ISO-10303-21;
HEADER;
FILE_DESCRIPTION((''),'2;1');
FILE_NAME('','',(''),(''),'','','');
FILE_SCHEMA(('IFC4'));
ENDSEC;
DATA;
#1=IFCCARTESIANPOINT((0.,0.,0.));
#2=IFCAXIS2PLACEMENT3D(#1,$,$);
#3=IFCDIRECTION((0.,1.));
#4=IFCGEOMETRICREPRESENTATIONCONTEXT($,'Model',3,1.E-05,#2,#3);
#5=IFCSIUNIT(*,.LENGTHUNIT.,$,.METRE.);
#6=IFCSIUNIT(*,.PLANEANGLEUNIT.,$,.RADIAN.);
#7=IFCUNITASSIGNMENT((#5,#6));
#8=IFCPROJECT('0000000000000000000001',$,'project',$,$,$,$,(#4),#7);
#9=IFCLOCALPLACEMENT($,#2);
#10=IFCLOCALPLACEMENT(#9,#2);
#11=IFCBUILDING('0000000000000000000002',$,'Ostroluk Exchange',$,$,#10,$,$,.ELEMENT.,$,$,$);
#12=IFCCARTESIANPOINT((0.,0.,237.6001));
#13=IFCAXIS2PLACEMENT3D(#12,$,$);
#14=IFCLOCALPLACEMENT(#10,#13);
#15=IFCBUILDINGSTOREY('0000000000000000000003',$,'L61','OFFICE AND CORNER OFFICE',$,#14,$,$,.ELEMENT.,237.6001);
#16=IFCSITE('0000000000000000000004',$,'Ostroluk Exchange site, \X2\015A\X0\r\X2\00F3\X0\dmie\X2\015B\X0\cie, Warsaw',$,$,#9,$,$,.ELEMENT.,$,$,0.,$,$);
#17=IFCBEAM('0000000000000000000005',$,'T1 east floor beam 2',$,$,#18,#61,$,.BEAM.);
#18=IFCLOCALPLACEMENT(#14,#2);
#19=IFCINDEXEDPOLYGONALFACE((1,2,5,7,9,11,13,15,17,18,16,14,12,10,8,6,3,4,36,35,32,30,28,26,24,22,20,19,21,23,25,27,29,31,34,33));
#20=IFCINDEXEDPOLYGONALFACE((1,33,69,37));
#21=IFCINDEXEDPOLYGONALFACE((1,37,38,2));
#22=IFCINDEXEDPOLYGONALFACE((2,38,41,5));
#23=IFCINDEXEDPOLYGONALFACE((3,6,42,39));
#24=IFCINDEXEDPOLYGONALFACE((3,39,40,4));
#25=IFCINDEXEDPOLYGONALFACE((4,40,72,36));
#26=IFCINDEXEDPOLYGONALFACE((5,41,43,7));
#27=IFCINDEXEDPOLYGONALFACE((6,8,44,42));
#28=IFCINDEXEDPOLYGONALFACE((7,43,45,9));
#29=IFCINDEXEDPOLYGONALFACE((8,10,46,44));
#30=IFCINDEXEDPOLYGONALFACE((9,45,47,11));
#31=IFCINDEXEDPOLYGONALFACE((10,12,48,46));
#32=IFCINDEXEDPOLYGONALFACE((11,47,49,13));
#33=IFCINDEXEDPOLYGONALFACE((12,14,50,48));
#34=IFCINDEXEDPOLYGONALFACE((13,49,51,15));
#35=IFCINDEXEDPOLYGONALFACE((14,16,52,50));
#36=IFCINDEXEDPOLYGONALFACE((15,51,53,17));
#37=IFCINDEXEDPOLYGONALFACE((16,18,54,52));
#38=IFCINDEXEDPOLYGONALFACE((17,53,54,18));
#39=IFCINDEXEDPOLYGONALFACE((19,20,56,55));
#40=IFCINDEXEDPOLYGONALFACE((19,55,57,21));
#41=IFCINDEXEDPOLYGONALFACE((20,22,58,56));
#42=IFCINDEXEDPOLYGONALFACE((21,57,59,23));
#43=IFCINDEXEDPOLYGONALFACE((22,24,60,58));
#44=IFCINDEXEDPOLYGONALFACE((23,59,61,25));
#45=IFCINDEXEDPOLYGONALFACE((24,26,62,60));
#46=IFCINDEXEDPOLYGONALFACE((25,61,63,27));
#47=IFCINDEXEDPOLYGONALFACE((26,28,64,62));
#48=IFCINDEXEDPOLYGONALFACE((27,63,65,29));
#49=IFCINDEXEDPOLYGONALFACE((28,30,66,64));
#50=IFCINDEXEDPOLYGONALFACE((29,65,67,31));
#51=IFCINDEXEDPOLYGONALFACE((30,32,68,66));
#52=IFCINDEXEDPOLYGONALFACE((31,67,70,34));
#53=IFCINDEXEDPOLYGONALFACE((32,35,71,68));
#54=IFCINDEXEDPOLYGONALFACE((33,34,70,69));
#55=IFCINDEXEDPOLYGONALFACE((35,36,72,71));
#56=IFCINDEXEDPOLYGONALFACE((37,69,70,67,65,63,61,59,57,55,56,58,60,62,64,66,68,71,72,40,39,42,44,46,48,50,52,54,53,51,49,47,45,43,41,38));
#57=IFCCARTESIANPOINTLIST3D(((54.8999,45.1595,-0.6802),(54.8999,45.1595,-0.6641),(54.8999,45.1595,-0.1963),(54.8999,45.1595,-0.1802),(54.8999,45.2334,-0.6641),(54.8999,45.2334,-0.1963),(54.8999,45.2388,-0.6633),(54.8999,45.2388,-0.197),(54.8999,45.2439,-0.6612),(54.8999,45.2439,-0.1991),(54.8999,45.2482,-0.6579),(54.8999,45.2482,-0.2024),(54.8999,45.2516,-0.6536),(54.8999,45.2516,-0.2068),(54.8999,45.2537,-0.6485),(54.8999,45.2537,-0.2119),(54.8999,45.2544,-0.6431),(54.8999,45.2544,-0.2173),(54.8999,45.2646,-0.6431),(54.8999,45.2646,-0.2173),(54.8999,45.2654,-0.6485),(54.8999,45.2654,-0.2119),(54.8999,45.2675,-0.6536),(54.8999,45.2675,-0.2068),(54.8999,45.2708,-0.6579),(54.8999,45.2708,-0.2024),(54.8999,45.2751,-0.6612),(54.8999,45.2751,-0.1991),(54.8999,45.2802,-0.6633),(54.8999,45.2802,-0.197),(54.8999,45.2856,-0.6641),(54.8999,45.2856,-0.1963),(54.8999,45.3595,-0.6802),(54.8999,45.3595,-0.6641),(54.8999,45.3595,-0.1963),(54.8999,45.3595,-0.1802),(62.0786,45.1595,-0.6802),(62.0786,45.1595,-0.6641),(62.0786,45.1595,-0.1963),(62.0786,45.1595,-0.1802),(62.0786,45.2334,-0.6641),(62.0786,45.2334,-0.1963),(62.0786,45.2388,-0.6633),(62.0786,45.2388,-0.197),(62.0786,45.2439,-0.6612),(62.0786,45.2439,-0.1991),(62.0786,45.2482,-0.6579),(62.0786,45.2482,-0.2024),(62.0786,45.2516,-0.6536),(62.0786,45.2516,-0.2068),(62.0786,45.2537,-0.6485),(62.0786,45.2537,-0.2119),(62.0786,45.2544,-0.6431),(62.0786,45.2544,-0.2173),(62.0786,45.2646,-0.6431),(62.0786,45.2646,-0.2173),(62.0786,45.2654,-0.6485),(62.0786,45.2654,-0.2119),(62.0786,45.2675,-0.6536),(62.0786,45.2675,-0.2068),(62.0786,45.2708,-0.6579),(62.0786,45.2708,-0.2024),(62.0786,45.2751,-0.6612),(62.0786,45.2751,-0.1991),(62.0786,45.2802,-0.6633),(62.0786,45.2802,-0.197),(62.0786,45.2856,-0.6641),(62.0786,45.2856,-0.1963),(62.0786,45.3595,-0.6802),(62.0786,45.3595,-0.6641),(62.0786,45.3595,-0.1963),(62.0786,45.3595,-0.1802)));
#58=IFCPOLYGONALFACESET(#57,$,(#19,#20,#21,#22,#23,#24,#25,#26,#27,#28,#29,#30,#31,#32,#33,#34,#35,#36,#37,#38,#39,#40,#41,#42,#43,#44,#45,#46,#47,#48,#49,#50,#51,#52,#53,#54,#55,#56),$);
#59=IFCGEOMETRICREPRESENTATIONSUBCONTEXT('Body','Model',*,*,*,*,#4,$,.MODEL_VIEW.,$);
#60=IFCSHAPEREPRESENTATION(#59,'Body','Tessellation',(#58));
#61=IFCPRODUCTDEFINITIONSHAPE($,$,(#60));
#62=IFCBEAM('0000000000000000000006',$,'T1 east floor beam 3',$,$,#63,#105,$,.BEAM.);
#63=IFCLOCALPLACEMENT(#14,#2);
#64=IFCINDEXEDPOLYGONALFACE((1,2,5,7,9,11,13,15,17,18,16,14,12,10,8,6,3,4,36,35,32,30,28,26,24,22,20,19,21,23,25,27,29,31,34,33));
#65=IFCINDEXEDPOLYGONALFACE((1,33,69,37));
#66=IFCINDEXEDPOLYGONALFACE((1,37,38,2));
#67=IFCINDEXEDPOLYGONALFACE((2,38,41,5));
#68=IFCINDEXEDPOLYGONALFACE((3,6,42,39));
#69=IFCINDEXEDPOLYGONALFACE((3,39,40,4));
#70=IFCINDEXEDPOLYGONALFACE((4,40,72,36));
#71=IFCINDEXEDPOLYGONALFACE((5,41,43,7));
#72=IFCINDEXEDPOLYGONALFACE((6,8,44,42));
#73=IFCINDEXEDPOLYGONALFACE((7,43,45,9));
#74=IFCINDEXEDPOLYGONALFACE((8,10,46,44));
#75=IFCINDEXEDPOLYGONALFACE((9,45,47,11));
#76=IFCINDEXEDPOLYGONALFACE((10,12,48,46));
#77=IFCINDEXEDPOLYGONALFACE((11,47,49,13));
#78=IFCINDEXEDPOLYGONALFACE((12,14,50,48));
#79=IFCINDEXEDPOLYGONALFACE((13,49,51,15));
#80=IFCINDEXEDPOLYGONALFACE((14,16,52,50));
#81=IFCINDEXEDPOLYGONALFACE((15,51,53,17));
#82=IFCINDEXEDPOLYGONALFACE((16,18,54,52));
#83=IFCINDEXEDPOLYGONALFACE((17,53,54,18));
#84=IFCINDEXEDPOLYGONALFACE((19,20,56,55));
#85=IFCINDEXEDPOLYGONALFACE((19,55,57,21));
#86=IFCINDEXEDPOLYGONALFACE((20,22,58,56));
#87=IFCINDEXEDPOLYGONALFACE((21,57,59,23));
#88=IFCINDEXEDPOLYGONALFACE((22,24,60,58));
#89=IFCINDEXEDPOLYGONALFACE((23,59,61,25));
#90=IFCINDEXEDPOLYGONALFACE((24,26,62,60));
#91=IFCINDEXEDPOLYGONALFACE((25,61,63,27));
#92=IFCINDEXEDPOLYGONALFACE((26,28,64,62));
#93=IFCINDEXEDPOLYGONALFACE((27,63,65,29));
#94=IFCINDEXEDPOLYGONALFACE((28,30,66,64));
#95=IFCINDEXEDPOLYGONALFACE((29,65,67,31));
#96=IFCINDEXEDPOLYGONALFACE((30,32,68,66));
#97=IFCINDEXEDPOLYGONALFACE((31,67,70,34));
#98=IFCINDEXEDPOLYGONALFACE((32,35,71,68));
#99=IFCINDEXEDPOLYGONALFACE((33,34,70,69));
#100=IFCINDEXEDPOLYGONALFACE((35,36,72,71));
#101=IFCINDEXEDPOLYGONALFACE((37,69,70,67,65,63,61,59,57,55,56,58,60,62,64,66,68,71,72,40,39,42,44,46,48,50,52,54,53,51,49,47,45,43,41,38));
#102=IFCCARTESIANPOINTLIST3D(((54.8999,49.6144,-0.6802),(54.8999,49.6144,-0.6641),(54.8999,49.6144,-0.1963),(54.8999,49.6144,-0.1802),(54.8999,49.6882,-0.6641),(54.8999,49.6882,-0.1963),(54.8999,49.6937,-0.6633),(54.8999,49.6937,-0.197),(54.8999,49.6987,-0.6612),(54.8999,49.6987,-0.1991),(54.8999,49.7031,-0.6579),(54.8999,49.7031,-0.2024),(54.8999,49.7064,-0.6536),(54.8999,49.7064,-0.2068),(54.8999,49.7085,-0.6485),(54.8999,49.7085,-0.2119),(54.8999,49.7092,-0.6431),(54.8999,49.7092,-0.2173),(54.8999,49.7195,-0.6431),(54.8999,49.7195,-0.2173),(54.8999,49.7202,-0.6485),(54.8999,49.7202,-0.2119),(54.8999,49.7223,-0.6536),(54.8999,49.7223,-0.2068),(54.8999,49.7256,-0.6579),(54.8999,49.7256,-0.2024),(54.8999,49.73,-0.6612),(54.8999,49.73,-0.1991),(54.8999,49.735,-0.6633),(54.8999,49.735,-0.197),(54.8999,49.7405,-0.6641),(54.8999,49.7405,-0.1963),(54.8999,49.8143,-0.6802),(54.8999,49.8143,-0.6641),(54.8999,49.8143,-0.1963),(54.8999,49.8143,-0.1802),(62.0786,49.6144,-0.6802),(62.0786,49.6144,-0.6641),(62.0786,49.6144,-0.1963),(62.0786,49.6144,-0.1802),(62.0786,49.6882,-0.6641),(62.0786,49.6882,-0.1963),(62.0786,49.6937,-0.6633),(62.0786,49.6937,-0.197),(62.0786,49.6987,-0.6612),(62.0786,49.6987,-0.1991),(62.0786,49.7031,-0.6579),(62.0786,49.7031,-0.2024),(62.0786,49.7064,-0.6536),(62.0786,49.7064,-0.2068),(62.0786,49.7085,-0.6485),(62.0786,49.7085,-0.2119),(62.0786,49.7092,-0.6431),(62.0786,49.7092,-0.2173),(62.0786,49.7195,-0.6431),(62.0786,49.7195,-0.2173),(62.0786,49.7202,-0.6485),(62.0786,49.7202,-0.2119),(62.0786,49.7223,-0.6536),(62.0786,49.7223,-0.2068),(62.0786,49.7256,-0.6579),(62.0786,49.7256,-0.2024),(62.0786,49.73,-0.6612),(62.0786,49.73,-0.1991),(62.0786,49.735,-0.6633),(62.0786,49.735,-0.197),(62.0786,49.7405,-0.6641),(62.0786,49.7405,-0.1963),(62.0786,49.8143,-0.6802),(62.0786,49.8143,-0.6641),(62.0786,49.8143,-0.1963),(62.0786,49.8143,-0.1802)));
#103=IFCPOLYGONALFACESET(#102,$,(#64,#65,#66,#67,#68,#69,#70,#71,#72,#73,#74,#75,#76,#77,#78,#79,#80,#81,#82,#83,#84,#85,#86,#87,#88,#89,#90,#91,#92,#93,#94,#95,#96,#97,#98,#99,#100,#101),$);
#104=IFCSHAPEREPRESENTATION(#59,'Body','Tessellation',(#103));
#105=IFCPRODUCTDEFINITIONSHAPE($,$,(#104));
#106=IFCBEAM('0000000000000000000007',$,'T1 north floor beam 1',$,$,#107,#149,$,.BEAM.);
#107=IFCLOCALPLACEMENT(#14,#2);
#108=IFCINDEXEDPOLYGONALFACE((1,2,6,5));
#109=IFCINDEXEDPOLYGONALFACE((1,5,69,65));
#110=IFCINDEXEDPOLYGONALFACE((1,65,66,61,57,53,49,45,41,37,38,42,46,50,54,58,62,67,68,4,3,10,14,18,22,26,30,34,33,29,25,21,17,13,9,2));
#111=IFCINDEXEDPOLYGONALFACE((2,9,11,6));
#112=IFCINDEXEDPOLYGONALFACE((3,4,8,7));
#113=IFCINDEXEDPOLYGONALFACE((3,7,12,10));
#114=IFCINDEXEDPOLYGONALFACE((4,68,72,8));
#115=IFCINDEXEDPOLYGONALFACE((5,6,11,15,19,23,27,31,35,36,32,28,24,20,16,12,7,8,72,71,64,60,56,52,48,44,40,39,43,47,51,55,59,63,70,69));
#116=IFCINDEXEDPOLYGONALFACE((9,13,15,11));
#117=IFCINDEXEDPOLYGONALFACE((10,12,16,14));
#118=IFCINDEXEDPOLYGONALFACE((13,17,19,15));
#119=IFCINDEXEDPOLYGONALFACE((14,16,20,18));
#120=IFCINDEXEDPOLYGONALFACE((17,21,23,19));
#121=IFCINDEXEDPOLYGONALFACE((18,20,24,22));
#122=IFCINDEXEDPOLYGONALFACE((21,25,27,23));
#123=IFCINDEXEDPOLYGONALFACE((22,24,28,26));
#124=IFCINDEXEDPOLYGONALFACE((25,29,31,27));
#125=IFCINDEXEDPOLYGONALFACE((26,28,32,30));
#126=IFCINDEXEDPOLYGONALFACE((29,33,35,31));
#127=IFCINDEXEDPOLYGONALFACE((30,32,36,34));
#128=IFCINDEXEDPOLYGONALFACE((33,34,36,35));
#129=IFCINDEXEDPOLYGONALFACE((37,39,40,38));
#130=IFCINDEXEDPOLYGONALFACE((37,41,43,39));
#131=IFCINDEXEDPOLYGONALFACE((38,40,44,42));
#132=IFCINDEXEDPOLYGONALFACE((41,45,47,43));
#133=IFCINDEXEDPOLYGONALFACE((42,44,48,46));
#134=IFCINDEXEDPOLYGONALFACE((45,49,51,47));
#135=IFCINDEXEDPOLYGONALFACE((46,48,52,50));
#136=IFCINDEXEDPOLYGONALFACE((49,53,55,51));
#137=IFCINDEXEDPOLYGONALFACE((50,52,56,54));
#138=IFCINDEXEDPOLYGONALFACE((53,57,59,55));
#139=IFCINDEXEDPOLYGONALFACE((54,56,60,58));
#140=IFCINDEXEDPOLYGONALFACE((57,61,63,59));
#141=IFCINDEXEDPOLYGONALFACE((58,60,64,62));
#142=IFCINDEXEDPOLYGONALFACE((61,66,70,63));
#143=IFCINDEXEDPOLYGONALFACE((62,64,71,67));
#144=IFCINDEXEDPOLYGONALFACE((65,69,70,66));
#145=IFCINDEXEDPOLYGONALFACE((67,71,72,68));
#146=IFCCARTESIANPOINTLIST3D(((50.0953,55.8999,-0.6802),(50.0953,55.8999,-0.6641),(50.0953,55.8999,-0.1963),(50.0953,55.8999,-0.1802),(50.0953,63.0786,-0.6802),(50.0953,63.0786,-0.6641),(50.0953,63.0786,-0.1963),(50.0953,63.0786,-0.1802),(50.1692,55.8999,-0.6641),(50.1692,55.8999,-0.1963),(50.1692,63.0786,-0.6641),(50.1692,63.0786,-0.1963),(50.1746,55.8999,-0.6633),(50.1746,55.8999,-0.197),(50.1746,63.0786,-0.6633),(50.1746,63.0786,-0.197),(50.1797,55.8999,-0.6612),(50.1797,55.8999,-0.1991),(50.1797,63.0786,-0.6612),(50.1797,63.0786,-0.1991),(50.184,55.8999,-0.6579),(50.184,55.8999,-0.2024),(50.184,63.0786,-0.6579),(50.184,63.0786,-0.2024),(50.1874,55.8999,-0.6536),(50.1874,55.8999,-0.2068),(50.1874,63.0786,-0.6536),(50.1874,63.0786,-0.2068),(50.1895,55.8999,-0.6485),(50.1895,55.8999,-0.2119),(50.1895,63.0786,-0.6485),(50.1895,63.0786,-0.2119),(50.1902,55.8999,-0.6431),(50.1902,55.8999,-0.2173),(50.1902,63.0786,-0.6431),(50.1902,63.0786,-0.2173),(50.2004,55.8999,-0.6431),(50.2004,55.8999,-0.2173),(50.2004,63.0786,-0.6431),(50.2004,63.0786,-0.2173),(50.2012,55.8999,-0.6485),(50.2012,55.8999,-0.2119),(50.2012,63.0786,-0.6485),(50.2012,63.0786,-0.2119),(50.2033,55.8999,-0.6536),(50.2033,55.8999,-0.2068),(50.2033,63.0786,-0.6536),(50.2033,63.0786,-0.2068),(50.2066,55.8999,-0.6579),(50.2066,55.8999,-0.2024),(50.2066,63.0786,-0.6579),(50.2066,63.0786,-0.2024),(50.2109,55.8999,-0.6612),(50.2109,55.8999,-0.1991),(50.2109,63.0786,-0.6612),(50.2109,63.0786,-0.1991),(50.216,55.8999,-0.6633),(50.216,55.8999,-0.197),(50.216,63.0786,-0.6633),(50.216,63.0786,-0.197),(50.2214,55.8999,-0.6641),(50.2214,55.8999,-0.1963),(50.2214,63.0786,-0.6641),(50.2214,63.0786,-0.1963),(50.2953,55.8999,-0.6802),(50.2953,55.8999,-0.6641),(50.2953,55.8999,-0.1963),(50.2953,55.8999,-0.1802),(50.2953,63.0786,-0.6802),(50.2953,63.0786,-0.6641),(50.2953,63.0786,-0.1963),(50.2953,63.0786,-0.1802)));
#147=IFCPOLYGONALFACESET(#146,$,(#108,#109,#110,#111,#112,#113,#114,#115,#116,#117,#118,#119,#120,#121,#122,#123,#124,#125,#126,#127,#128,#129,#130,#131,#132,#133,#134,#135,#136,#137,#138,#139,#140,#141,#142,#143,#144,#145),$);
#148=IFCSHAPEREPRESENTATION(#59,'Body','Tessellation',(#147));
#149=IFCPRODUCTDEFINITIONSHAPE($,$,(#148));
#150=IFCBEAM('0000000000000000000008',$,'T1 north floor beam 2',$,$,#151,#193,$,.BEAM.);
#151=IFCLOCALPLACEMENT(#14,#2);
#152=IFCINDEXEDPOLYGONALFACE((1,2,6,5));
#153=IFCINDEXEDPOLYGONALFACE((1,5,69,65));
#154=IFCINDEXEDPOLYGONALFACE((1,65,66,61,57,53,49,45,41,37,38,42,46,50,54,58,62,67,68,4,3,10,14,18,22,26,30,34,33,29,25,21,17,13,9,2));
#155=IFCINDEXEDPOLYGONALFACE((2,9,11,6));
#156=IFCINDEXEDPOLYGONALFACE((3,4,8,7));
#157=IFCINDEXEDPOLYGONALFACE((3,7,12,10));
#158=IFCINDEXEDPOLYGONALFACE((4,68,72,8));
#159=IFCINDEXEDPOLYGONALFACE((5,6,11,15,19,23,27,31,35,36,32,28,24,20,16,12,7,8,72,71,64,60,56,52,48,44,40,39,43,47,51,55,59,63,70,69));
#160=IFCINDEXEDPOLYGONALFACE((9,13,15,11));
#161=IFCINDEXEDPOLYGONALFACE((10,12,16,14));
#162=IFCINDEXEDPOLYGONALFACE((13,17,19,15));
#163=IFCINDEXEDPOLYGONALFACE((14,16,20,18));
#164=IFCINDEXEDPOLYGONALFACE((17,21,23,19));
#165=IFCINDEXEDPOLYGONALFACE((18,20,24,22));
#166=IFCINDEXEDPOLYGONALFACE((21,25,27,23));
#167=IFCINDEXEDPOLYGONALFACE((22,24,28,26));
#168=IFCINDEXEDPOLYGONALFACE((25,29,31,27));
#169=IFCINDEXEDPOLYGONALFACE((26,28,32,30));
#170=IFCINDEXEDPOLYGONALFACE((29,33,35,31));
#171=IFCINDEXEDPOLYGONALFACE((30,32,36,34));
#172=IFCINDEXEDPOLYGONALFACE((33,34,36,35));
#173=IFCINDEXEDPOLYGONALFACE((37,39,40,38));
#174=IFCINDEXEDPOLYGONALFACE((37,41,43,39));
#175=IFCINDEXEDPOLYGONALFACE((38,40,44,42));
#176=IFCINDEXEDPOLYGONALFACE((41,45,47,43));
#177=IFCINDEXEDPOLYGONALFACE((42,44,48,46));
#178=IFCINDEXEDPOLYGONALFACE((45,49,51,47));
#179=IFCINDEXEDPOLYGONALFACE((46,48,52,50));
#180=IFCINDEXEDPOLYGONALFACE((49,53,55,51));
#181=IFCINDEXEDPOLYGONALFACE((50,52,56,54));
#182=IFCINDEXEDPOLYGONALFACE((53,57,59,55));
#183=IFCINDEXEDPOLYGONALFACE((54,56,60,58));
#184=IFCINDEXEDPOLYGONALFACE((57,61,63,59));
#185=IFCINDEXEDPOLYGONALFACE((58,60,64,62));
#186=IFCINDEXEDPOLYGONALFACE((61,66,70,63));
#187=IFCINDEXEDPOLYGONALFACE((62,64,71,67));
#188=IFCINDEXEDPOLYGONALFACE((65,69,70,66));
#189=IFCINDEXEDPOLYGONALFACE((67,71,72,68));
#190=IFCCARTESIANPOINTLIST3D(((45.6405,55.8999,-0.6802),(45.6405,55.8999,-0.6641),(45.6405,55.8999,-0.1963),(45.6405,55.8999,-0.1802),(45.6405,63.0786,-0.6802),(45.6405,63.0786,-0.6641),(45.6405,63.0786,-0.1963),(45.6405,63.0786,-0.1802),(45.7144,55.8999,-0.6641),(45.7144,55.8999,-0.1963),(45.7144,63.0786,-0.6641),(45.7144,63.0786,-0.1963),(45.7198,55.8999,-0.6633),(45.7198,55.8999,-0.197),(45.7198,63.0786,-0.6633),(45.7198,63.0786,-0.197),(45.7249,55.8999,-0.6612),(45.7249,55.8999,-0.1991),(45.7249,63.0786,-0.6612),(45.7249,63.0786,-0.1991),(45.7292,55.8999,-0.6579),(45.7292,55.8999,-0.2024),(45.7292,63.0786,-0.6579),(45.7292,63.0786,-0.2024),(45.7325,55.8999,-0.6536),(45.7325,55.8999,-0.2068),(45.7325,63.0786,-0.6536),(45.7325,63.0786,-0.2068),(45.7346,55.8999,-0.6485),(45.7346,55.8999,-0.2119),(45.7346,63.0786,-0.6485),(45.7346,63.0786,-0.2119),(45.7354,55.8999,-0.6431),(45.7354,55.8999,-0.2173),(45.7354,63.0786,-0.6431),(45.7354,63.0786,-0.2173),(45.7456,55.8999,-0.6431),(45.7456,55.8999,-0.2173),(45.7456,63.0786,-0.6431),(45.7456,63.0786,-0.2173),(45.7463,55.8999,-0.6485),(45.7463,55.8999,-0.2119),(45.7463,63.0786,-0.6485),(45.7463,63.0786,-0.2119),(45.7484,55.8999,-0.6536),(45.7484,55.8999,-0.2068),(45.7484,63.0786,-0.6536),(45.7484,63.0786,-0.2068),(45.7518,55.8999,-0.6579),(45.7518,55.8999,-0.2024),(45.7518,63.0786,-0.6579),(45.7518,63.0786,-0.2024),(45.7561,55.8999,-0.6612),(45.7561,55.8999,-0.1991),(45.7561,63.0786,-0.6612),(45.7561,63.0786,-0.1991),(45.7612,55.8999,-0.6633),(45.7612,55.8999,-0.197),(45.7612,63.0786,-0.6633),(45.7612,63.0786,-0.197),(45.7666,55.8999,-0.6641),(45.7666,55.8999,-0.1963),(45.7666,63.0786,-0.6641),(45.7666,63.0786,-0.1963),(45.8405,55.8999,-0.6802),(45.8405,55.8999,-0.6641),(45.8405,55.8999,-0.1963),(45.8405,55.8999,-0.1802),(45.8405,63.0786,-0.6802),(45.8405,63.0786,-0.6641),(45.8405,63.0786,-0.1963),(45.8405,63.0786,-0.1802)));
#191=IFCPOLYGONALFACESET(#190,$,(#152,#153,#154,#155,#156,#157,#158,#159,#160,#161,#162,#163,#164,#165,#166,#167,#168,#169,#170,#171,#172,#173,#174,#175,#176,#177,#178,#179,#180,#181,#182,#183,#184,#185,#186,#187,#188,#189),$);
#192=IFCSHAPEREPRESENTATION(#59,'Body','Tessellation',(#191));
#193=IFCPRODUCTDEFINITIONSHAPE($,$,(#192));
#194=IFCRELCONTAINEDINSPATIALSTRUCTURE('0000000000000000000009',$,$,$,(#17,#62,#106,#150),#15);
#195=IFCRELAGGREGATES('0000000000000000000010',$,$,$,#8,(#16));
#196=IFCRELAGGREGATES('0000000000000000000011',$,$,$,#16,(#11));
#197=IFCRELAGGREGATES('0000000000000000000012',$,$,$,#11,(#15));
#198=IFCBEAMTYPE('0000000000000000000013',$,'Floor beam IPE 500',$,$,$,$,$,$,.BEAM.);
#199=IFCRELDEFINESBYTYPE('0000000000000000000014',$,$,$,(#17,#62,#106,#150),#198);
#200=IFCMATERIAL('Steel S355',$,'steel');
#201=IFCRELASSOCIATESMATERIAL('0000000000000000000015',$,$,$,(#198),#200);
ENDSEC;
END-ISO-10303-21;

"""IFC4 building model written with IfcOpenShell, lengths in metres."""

from ifc_helpers import new_model, si_unit, direction, frame, origin, origin_2d, place, context, subcontext, project, spatial, i_section, extrude, material, material_profile, profile_set, type_object, element, save


model = new_model("IFC4")

# Units and contexts
model_context = context("Model", 3, precision=1e-05, world=origin(), true_north=direction((0.0, 1.0)))
body_context = subcontext(model_context, "Body", "Model", "MODEL_VIEW")
ifc_project = project(units=[si_unit("LENGTHUNIT", "METRE"), si_unit("PLANEANGLEUNIT", "RADIAN")], contexts=[model_context])

# Site, building, storey
site_placement = place(None, origin())
site = spatial("IfcSite", under=ifc_project, at=site_placement, Name="Ostroluk Exchange site, Śródmieście, Warsaw", CompositionType="ELEMENT", RefElevation=0.0)
building_placement = place(site_placement, origin())
building = spatial("IfcBuilding", under=site, at=building_placement, Name="Ostroluk Exchange", CompositionType="ELEMENT")
storey_placement = place(building_placement, frame((0.0, 0.0, 237.6001)))
storey = spatial("IfcBuildingStorey", under=building, at=storey_placement, Name="L61", Description="OFFICE AND CORNER OFFICE", CompositionType="ELEMENT", Elevation=237.6001)

# Beams
ifc_material_1 = material(Name="Steel S355", Category="steel")
ifc_material_profile_1 = material_profile(ifc_material_1, i_section(OverallWidth=0.2, OverallDepth=0.5, WebThickness=0.0103, FlangeThickness=0.0161, FilletRadius=0.021, at=origin_2d()), Name="IPE 500")
ifc_profile_set_1 = profile_set([ifc_material_profile_1], Name="Steel S355")
beam_type_1 = type_object("IfcBeamType", Name="Floor beam IPE 500", PredefinedType="BEAM", material=ifc_profile_set_1)
for number, where, z_axis, x_axis, name in (
    (1, (54.8999, 45.2595, -0.4302), (1.0, 0.0, 0.0), (0.0, 1.0, 0.0), "T1 east floor beam 2"),
    (2, (54.8999, 49.7144, -0.4302), (1.0, 0.0, 0.0), (0.0, 1.0, 0.0), "T1 east floor beam 3"),
    (3, (50.1953, 55.8999, -0.4302), (0.0, 1.0, 0.0), (-1.0, 0.0, 0.0), "T1 north floor beam 1"),
    (4, (45.7405, 55.8999, -0.4302), (0.0, 1.0, 0.0), (-1.0, 0.0, 0.0), "T1 north floor beam 2"),
):
    element("IfcBeam", number, at=place(storey_placement, frame(where, z_axis=z_axis, x_axis=x_axis)), inside=storey, type_object=beam_type_1, Name=name, PredefinedType="BEAM", context=body_context, shape_type="SweptSolid", body=[
        extrude(i_section(OverallWidth=0.2, OverallDepth=0.5, WebThickness=0.0103, FlangeThickness=0.0161, FilletRadius=0.021, at=origin_2d()), origin(), (0.0, 0.0, 1.0), 7.1787),
    ])

save(model, "model.ifc")
